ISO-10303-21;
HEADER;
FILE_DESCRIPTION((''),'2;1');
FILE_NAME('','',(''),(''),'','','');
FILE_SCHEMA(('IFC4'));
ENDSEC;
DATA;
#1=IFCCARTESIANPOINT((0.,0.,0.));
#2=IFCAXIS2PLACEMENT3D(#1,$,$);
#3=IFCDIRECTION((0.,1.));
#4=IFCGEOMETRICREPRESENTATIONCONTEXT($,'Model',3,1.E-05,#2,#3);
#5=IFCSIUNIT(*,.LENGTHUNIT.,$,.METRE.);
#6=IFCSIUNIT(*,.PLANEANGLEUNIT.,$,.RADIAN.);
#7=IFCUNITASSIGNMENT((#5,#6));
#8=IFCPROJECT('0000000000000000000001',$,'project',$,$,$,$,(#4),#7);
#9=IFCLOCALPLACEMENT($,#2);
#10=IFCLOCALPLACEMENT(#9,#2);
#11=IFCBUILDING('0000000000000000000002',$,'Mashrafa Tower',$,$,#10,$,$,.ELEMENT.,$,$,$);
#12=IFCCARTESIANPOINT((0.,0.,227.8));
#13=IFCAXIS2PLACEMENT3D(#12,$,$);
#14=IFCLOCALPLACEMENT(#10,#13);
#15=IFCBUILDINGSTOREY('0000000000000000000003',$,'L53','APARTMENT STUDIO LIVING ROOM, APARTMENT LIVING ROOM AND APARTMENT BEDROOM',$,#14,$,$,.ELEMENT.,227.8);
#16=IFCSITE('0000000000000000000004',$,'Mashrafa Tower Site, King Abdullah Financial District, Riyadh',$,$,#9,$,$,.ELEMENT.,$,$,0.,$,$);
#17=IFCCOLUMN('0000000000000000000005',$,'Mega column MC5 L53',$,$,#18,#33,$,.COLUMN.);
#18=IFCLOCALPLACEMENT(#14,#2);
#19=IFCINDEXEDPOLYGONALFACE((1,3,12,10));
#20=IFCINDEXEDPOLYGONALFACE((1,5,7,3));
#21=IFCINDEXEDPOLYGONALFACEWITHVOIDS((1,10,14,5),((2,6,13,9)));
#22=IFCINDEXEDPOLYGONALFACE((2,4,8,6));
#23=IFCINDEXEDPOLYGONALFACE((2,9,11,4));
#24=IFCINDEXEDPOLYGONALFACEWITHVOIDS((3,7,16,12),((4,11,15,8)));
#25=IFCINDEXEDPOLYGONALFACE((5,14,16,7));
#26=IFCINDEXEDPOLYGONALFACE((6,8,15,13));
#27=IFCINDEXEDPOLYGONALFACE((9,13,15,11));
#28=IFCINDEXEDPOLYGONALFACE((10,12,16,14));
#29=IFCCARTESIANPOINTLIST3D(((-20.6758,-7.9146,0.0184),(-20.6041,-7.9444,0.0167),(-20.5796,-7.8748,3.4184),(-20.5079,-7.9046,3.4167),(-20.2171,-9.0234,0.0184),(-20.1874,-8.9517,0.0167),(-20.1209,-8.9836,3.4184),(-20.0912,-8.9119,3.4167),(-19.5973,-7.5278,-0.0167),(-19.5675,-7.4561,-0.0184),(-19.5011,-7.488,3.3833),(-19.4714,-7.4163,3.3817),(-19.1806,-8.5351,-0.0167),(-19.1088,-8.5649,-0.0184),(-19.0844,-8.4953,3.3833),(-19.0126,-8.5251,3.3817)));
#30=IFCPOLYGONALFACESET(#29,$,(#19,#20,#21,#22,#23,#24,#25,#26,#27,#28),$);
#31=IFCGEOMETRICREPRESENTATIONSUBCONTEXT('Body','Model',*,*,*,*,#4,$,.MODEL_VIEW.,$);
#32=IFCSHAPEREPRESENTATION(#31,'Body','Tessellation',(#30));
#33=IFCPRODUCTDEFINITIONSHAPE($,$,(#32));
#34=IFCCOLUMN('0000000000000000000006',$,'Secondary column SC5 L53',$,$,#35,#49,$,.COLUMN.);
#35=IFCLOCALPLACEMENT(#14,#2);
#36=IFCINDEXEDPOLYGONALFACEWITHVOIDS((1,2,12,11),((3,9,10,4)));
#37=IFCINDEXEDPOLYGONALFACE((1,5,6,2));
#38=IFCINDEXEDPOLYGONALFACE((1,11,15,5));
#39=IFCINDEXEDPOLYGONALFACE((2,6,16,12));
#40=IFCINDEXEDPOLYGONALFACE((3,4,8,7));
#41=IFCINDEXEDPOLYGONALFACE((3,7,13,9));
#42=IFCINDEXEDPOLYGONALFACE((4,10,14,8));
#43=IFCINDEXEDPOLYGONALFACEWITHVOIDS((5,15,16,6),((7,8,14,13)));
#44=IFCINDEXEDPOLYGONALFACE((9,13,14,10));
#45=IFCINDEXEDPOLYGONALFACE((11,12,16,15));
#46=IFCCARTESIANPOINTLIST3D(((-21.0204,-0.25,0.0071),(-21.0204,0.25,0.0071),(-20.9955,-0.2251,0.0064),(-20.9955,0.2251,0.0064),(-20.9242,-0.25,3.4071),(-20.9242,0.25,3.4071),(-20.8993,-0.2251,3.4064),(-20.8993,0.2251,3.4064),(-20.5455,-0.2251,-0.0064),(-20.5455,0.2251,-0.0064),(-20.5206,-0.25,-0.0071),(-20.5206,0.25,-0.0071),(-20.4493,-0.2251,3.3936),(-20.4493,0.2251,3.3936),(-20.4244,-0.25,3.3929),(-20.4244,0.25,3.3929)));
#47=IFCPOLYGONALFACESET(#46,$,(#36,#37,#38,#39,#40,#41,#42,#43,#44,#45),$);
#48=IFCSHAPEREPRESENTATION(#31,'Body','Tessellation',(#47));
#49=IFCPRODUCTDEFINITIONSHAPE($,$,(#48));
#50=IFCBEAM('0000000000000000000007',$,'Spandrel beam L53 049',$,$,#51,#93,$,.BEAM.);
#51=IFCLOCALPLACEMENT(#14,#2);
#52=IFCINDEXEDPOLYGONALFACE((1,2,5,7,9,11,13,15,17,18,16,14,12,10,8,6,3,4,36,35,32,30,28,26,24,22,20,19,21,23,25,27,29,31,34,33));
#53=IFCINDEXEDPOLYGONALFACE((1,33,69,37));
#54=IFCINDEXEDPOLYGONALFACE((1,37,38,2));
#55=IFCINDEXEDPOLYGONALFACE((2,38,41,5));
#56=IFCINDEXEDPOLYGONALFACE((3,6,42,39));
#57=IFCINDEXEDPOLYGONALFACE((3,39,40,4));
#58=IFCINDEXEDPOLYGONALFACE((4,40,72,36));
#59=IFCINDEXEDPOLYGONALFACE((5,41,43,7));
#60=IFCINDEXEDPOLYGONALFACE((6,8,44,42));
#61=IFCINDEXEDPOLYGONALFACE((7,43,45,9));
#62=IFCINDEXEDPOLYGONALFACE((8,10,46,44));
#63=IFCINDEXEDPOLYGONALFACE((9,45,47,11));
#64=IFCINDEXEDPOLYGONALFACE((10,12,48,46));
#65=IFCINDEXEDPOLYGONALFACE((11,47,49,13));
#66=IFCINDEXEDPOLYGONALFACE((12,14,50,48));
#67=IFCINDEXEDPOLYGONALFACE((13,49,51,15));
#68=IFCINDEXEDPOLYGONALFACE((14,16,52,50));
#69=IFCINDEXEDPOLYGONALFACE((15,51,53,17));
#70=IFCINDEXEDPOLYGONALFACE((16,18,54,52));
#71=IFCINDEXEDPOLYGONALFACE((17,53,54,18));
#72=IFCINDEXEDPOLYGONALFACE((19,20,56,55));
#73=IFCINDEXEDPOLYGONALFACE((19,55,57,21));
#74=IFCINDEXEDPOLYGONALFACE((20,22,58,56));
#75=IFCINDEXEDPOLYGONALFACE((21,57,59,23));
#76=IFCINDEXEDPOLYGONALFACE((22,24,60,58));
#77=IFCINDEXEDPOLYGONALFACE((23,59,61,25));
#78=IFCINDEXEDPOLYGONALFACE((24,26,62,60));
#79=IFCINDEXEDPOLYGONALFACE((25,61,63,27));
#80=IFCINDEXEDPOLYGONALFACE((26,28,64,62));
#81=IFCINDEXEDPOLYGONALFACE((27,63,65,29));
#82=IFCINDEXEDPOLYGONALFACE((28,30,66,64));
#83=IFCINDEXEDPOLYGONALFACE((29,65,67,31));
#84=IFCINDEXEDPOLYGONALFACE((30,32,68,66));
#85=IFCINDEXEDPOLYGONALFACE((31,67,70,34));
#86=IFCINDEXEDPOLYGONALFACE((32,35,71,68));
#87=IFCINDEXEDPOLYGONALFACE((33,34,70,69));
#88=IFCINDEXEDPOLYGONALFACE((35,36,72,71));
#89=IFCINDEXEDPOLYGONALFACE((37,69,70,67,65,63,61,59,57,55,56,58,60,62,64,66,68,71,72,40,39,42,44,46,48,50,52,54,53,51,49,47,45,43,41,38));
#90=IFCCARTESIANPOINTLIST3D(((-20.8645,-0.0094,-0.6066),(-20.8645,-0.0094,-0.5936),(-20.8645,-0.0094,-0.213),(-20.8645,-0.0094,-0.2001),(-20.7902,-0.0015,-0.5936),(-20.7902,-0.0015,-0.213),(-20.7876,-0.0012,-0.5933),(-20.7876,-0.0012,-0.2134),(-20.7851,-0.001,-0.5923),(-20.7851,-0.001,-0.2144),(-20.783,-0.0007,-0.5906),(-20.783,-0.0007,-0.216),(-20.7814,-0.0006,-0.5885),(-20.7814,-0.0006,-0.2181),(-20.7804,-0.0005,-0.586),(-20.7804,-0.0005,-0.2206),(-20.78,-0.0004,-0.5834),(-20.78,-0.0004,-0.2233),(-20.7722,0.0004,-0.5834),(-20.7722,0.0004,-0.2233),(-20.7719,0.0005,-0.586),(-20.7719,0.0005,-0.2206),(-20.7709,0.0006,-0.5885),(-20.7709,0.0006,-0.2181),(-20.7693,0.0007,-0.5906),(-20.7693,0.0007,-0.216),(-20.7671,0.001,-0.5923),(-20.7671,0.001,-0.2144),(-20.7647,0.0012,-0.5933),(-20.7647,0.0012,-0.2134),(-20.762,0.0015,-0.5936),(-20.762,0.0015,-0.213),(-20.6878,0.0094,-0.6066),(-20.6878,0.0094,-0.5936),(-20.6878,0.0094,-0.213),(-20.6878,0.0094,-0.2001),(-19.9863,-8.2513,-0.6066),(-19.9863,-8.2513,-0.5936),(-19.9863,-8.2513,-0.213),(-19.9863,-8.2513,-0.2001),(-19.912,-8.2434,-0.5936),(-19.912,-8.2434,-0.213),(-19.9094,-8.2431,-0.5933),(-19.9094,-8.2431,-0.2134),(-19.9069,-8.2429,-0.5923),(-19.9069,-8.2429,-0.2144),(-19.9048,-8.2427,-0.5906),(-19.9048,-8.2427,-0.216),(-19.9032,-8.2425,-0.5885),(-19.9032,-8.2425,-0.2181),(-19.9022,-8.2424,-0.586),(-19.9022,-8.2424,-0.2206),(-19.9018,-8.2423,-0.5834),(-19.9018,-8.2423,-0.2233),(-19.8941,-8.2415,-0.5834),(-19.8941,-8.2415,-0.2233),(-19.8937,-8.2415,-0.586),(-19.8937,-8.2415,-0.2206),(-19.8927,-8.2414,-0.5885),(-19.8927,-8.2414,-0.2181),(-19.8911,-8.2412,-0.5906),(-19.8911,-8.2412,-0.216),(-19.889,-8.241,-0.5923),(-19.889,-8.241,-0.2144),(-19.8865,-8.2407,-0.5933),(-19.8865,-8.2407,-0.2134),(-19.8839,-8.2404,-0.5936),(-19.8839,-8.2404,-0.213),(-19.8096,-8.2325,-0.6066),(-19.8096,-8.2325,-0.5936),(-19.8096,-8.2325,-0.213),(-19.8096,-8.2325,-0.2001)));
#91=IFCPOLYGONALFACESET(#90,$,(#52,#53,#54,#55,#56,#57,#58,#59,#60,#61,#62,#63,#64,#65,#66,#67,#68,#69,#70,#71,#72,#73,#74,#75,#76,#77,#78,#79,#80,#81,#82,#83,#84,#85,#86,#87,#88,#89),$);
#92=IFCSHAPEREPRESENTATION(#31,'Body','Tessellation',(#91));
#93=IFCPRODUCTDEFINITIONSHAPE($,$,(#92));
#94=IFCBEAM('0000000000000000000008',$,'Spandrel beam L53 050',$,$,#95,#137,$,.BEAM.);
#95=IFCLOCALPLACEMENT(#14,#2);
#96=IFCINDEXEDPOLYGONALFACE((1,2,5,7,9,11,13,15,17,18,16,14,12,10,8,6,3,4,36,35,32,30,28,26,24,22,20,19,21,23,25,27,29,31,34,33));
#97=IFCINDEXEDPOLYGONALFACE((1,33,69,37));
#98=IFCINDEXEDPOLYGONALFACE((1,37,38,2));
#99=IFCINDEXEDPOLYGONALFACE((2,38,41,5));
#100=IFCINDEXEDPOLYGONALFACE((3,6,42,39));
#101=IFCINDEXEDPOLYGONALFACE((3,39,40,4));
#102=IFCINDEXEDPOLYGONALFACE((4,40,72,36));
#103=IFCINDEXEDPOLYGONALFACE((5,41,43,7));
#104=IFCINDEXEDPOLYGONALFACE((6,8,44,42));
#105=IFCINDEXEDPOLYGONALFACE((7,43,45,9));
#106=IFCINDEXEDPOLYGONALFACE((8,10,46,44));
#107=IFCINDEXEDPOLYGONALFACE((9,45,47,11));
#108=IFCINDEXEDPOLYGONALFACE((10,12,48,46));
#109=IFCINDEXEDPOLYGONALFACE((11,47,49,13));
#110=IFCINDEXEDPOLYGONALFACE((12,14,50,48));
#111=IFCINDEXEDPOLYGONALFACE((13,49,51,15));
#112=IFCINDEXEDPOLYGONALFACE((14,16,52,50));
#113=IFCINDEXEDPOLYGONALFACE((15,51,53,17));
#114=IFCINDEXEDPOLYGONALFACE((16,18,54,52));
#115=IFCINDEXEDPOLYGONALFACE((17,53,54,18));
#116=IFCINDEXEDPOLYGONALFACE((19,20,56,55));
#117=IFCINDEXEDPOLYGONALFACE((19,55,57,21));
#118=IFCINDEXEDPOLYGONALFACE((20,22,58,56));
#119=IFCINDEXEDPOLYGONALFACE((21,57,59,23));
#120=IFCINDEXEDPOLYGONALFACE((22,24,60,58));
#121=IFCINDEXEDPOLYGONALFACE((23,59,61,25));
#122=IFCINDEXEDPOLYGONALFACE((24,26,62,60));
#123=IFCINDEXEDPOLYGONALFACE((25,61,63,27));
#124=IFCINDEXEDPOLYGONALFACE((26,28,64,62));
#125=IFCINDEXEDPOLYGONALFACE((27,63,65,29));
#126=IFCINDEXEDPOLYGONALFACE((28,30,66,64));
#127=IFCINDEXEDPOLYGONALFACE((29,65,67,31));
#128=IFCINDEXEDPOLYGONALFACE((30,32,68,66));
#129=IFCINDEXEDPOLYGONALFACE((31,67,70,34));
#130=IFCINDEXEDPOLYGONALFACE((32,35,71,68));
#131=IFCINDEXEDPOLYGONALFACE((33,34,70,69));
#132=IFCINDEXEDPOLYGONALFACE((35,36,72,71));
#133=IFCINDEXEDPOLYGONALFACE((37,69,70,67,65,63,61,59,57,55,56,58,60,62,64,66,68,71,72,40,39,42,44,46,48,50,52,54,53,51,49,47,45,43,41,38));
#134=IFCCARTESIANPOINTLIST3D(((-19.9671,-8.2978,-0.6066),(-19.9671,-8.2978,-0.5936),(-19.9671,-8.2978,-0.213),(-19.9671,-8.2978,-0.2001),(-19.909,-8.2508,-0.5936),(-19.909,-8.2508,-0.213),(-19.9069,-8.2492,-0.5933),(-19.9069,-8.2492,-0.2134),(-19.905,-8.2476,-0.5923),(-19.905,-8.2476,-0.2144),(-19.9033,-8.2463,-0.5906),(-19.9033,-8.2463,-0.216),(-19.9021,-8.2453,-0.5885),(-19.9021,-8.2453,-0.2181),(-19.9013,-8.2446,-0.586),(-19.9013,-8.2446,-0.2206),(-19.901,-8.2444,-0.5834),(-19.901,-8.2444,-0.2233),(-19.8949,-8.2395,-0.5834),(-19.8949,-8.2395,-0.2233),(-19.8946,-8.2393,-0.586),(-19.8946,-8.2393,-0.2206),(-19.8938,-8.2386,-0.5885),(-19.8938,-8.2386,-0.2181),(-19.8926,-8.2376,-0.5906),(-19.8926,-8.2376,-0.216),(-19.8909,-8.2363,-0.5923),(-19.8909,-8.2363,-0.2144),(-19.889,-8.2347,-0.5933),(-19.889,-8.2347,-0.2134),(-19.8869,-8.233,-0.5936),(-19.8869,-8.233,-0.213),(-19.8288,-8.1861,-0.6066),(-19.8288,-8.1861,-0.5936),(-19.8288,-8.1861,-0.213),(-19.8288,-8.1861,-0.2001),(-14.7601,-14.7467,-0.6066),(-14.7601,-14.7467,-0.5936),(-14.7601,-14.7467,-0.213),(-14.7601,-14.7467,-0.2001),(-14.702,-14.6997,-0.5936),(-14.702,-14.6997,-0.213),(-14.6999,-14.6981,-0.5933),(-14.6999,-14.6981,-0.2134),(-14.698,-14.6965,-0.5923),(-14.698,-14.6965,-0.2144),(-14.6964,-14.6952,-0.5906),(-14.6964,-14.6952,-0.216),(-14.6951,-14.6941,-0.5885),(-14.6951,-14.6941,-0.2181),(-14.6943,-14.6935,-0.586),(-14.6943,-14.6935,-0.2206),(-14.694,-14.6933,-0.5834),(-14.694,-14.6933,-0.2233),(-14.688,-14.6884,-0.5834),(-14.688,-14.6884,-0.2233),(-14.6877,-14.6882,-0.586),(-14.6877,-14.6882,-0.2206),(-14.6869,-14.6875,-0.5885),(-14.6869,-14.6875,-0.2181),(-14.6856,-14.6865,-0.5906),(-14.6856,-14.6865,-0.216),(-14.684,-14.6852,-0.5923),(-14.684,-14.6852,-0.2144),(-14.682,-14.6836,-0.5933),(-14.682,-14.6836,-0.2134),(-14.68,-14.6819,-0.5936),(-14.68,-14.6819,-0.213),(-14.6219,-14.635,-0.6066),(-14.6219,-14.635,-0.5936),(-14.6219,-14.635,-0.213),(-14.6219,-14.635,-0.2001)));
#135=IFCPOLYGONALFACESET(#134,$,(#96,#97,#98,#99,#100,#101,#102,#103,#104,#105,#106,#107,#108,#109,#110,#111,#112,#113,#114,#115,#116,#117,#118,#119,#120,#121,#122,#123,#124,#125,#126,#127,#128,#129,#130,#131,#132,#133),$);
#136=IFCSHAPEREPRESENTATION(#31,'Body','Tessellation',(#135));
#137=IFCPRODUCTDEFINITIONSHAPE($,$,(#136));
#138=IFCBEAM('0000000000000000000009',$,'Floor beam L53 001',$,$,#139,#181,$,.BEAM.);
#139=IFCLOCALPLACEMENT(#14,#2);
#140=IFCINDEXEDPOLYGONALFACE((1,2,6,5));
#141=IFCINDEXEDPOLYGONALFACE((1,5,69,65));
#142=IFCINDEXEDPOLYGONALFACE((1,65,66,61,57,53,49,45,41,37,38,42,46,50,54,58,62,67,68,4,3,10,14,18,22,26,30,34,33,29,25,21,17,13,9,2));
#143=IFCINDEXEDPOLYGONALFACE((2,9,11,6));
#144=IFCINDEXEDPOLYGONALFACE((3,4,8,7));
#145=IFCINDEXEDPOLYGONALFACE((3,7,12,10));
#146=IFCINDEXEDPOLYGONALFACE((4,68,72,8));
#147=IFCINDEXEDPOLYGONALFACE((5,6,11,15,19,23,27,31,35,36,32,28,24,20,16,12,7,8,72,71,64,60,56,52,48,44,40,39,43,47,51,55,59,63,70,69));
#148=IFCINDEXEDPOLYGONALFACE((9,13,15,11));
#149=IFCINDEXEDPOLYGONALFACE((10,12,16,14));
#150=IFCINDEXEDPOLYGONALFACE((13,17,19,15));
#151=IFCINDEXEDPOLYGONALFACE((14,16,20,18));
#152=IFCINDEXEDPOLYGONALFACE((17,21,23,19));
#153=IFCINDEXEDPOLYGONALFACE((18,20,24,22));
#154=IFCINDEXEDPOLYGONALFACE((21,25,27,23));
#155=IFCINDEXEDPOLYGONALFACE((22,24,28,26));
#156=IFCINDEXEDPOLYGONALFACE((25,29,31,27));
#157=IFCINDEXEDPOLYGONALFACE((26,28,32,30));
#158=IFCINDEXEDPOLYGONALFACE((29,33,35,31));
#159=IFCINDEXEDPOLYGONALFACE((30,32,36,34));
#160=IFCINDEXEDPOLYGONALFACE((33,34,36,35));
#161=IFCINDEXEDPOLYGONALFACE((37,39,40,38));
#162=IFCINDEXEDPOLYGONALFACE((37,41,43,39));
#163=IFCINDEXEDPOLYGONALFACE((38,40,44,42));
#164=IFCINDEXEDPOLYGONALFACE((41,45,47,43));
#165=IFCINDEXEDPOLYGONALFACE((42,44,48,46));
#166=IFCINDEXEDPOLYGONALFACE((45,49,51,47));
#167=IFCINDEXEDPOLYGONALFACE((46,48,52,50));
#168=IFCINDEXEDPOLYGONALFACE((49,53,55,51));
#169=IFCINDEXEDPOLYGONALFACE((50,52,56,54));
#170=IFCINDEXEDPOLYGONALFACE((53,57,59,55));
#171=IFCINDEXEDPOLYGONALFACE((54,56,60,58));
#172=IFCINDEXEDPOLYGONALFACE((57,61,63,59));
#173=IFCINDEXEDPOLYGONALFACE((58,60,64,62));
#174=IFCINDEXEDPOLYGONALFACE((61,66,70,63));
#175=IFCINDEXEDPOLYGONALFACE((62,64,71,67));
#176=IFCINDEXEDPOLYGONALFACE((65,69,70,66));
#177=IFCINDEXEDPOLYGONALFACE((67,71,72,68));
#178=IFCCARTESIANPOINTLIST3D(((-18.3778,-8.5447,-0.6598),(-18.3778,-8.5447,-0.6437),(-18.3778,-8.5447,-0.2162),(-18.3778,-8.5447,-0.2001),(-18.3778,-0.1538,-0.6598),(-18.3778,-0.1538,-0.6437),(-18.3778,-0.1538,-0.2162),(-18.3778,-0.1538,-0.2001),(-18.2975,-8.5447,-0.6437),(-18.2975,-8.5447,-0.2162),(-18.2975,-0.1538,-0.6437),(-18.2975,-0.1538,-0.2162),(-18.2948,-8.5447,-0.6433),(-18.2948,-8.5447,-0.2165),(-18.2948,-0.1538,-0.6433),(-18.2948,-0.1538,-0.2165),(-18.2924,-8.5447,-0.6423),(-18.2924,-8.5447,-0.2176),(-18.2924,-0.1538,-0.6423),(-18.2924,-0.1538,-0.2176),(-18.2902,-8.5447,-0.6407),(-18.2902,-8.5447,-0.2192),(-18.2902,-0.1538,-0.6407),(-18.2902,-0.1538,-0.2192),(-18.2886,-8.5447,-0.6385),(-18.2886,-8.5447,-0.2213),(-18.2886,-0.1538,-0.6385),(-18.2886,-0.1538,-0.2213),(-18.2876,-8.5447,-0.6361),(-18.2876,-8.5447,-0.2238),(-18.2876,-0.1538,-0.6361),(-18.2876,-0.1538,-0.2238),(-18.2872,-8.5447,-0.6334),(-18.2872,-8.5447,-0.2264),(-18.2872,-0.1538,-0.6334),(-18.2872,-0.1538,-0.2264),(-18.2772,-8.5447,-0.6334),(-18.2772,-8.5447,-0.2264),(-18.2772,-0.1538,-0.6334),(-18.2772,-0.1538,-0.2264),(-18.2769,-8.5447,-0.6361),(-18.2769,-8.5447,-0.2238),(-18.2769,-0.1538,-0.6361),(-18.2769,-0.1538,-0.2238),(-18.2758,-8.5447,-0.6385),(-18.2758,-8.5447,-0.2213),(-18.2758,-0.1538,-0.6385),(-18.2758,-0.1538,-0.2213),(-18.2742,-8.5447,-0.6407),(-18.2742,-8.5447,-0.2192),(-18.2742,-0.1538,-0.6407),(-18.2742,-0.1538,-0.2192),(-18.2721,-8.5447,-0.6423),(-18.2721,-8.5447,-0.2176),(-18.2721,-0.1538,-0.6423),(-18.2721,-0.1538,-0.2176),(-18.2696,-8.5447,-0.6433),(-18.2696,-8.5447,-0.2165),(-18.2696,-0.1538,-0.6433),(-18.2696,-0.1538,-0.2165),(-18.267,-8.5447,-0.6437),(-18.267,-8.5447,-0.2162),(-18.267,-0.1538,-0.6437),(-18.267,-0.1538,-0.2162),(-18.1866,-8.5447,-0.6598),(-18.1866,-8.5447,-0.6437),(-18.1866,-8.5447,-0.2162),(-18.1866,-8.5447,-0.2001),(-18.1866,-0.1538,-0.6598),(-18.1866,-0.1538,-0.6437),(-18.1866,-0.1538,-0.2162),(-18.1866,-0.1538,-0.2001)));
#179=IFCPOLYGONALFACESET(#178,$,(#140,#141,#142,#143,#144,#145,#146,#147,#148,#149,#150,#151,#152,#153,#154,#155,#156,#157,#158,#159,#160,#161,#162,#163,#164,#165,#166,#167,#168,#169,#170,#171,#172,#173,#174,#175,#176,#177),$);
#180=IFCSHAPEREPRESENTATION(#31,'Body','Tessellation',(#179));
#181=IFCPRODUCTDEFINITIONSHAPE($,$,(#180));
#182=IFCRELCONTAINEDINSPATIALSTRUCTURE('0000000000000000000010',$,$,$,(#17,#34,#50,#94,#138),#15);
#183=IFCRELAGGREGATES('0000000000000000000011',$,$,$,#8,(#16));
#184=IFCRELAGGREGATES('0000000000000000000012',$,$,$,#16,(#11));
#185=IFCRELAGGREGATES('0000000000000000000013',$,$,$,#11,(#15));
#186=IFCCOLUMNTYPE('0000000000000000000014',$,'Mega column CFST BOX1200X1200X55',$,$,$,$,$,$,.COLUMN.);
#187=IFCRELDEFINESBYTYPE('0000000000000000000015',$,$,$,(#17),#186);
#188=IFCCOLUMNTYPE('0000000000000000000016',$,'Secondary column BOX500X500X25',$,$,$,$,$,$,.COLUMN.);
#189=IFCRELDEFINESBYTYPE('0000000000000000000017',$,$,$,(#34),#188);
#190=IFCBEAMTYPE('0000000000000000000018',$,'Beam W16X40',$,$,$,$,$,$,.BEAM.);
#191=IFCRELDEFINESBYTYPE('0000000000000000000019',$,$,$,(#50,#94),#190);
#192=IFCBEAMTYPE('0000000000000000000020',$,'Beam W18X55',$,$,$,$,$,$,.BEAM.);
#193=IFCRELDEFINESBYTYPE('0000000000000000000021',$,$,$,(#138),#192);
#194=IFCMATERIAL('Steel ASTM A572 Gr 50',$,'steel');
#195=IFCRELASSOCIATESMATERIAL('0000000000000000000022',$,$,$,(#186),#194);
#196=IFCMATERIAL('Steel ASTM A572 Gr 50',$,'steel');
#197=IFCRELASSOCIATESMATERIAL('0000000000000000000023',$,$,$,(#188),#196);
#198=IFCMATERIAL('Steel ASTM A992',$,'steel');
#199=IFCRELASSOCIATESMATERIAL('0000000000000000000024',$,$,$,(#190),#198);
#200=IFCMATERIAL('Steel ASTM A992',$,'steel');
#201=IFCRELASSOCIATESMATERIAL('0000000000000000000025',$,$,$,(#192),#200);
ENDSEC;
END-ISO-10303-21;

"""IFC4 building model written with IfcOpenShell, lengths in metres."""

from ifc_helpers import new_model, si_unit, direction, frame, origin, origin_2d, place, context, subcontext, project, spatial, hollow_rectangle, i_section, extrude, material, material_profile, profile_set, type_object, element, save


model = new_model("IFC4")

# Units and contexts
model_context = context("Model", 3, precision=1e-05, world=origin(), true_north=direction((0.0, 1.0)))
body_context = subcontext(model_context, "Body", "Model", "MODEL_VIEW")
ifc_project = project(units=[si_unit("LENGTHUNIT", "METRE"), si_unit("PLANEANGLEUNIT", "RADIAN")], contexts=[model_context])

# Site, building, storey
site_placement = place(None, origin())
site = spatial("IfcSite", under=ifc_project, at=site_placement, Name="Mashrafa Tower Site, King Abdullah Financial District, Riyadh", CompositionType="ELEMENT", RefElevation=0.0)
building_placement = place(site_placement, origin())
building = spatial("IfcBuilding", under=site, at=building_placement, Name="Mashrafa Tower", CompositionType="ELEMENT")
storey_placement = place(building_placement, frame((0.0, 0.0, 227.8)))
storey = spatial("IfcBuildingStorey", under=building, at=storey_placement, Name="L53", Description="APARTMENT STUDIO LIVING ROOM, APARTMENT LIVING ROOM AND APARTMENT BEDROOM", CompositionType="ELEMENT", Elevation=227.8)

# Columns
ifc_material_1 = material(Name="Steel ASTM A572 Gr 50", Category="steel")
ifc_material_profile_1 = material_profile(ifc_material_1, hollow_rectangle(XDim=1.2, YDim=1.2, WallThickness=0.0549, at=origin_2d()), Name="BOX1200X1200X55")
ifc_profile_set_1 = profile_set([ifc_material_profile_1], Name="Steel ASTM A572 Gr 50")
column_type_1 = type_object("IfcColumnType", Name="Mega column CFST BOX1200X1200X55", PredefinedType="COLUMN", material=ifc_profile_set_1)
column_1_placement = place(storey_placement, frame((-19.8923, -8.2397, 0.0), z_axis=(0.028279, 0.011699, 0.999532), x_axis=(-0.382283, 0.924045, 0.0)))
element("IfcColumn", 1, at=column_1_placement, inside=storey, type_object=column_type_1, Name="Mega column MC5 L53", PredefinedType="COLUMN", context=body_context, shape_type="SweptSolid", body=[
    extrude(hollow_rectangle(XDim=1.2, YDim=1.2, WallThickness=0.0549, at=origin_2d()), origin(), (0.0, 0.0, 1.0), 3.4016),
])
ifc_material_2 = material(Name="Steel ASTM A572 Gr 50", Category="steel")
ifc_material_profile_2 = material_profile(ifc_material_2, hollow_rectangle(XDim=0.5, YDim=0.5, WallThickness=0.0249, at=origin_2d()), Name="BOX500X500X25")
ifc_profile_set_2 = profile_set([ifc_material_profile_2], Name="Steel ASTM A572 Gr 50")
column_type_2 = type_object("IfcColumnType", Name="Secondary column BOX500X500X25", PredefinedType="COLUMN", material=ifc_profile_set_2)
column_2_placement = place(storey_placement, frame((-20.7705, 0.0, 0.0), z_axis=(0.028281, 0.0, 0.9996), x_axis=(0.0, 1.0, 0.0)))
element("IfcColumn", 2, at=column_2_placement, inside=storey, type_object=column_type_2, Name="Secondary column SC5 L53", PredefinedType="COLUMN", context=body_context, shape_type="SweptSolid", body=[
    extrude(hollow_rectangle(XDim=0.5, YDim=0.5, WallThickness=0.0249, at=origin_2d()), origin(), (0.0, 0.0, 1.0), 3.4014),
])

# Beams
ifc_material_3 = material(Name="Steel ASTM A992", Category="steel")
ifc_material_profile_3 = material_profile(ifc_material_3, i_section(OverallWidth=0.1777, OverallDepth=0.4065, WebThickness=0.0078, FlangeThickness=0.0129, FilletRadius=0.0103, at=origin_2d()), Name="W16X40")
ifc_profile_set_3 = profile_set([ifc_material_profile_3], Name="Steel ASTM A992")
beam_type_1 = type_object("IfcBeamType", Name="Beam W16X40", PredefinedType="BEAM", material=ifc_profile_set_3)
for number, where, z_axis, x_axis, name in (
    (3, (-20.7761, 0.0, -0.4033), (0.10595, -0.994371, 0.0), (0.994371, 0.10595, 0.0), "Spandrel beam L53 049"),
    (4, (-19.8979, -8.2419, -0.4033), (0.628209, -0.778045, 0.0), (0.778045, 0.628209, 0.0), "Spandrel beam L53 050"),
):
    element("IfcBeam", number, at=place(storey_placement, frame(where, z_axis=z_axis, x_axis=x_axis)), inside=storey, type_object=beam_type_1, Name=name, PredefinedType="BEAM", context=body_context, shape_type="SweptSolid", body=[
        extrude(i_section(OverallWidth=0.1777, OverallDepth=0.4065, WebThickness=0.0078, FlangeThickness=0.0129, FilletRadius=0.0103, at=origin_2d()), origin(), (0.0, 0.0, 1.0), 8.2886),
    ])
ifc_material_4 = material(Name="Steel ASTM A992", Category="steel")
ifc_material_profile_4 = material_profile(ifc_material_4, i_section(OverallWidth=0.1912, OverallDepth=0.4597, WebThickness=0.01, FlangeThickness=0.0161, FilletRadius=0.0103, at=origin_2d()), Name="W18X55")
ifc_profile_set_4 = profile_set([ifc_material_profile_4], Name="Steel ASTM A992")
beam_type_2 = type_object("IfcBeamType", Name="Beam W18X55", PredefinedType="BEAM", material=ifc_profile_set_4)
beam_1_placement = place(storey_placement, frame((-18.2822, -8.5447, -0.4299), z_axis=(0.0, 1.0, 0.0), x_axis=(-1.0, 0.0, 0.0)))
element("IfcBeam", 5, at=beam_1_placement, inside=storey, type_object=beam_type_2, Name="Floor beam L53 001", PredefinedType="BEAM", context=body_context, shape_type="SweptSolid", body=[
    extrude(i_section(OverallWidth=0.1912, OverallDepth=0.4597, WebThickness=0.01, FlangeThickness=0.0161, FilletRadius=0.0103, at=origin_2d()), origin(), (0.0, 0.0, 1.0), 8.3909),
])

save(model, "model.ifc")
